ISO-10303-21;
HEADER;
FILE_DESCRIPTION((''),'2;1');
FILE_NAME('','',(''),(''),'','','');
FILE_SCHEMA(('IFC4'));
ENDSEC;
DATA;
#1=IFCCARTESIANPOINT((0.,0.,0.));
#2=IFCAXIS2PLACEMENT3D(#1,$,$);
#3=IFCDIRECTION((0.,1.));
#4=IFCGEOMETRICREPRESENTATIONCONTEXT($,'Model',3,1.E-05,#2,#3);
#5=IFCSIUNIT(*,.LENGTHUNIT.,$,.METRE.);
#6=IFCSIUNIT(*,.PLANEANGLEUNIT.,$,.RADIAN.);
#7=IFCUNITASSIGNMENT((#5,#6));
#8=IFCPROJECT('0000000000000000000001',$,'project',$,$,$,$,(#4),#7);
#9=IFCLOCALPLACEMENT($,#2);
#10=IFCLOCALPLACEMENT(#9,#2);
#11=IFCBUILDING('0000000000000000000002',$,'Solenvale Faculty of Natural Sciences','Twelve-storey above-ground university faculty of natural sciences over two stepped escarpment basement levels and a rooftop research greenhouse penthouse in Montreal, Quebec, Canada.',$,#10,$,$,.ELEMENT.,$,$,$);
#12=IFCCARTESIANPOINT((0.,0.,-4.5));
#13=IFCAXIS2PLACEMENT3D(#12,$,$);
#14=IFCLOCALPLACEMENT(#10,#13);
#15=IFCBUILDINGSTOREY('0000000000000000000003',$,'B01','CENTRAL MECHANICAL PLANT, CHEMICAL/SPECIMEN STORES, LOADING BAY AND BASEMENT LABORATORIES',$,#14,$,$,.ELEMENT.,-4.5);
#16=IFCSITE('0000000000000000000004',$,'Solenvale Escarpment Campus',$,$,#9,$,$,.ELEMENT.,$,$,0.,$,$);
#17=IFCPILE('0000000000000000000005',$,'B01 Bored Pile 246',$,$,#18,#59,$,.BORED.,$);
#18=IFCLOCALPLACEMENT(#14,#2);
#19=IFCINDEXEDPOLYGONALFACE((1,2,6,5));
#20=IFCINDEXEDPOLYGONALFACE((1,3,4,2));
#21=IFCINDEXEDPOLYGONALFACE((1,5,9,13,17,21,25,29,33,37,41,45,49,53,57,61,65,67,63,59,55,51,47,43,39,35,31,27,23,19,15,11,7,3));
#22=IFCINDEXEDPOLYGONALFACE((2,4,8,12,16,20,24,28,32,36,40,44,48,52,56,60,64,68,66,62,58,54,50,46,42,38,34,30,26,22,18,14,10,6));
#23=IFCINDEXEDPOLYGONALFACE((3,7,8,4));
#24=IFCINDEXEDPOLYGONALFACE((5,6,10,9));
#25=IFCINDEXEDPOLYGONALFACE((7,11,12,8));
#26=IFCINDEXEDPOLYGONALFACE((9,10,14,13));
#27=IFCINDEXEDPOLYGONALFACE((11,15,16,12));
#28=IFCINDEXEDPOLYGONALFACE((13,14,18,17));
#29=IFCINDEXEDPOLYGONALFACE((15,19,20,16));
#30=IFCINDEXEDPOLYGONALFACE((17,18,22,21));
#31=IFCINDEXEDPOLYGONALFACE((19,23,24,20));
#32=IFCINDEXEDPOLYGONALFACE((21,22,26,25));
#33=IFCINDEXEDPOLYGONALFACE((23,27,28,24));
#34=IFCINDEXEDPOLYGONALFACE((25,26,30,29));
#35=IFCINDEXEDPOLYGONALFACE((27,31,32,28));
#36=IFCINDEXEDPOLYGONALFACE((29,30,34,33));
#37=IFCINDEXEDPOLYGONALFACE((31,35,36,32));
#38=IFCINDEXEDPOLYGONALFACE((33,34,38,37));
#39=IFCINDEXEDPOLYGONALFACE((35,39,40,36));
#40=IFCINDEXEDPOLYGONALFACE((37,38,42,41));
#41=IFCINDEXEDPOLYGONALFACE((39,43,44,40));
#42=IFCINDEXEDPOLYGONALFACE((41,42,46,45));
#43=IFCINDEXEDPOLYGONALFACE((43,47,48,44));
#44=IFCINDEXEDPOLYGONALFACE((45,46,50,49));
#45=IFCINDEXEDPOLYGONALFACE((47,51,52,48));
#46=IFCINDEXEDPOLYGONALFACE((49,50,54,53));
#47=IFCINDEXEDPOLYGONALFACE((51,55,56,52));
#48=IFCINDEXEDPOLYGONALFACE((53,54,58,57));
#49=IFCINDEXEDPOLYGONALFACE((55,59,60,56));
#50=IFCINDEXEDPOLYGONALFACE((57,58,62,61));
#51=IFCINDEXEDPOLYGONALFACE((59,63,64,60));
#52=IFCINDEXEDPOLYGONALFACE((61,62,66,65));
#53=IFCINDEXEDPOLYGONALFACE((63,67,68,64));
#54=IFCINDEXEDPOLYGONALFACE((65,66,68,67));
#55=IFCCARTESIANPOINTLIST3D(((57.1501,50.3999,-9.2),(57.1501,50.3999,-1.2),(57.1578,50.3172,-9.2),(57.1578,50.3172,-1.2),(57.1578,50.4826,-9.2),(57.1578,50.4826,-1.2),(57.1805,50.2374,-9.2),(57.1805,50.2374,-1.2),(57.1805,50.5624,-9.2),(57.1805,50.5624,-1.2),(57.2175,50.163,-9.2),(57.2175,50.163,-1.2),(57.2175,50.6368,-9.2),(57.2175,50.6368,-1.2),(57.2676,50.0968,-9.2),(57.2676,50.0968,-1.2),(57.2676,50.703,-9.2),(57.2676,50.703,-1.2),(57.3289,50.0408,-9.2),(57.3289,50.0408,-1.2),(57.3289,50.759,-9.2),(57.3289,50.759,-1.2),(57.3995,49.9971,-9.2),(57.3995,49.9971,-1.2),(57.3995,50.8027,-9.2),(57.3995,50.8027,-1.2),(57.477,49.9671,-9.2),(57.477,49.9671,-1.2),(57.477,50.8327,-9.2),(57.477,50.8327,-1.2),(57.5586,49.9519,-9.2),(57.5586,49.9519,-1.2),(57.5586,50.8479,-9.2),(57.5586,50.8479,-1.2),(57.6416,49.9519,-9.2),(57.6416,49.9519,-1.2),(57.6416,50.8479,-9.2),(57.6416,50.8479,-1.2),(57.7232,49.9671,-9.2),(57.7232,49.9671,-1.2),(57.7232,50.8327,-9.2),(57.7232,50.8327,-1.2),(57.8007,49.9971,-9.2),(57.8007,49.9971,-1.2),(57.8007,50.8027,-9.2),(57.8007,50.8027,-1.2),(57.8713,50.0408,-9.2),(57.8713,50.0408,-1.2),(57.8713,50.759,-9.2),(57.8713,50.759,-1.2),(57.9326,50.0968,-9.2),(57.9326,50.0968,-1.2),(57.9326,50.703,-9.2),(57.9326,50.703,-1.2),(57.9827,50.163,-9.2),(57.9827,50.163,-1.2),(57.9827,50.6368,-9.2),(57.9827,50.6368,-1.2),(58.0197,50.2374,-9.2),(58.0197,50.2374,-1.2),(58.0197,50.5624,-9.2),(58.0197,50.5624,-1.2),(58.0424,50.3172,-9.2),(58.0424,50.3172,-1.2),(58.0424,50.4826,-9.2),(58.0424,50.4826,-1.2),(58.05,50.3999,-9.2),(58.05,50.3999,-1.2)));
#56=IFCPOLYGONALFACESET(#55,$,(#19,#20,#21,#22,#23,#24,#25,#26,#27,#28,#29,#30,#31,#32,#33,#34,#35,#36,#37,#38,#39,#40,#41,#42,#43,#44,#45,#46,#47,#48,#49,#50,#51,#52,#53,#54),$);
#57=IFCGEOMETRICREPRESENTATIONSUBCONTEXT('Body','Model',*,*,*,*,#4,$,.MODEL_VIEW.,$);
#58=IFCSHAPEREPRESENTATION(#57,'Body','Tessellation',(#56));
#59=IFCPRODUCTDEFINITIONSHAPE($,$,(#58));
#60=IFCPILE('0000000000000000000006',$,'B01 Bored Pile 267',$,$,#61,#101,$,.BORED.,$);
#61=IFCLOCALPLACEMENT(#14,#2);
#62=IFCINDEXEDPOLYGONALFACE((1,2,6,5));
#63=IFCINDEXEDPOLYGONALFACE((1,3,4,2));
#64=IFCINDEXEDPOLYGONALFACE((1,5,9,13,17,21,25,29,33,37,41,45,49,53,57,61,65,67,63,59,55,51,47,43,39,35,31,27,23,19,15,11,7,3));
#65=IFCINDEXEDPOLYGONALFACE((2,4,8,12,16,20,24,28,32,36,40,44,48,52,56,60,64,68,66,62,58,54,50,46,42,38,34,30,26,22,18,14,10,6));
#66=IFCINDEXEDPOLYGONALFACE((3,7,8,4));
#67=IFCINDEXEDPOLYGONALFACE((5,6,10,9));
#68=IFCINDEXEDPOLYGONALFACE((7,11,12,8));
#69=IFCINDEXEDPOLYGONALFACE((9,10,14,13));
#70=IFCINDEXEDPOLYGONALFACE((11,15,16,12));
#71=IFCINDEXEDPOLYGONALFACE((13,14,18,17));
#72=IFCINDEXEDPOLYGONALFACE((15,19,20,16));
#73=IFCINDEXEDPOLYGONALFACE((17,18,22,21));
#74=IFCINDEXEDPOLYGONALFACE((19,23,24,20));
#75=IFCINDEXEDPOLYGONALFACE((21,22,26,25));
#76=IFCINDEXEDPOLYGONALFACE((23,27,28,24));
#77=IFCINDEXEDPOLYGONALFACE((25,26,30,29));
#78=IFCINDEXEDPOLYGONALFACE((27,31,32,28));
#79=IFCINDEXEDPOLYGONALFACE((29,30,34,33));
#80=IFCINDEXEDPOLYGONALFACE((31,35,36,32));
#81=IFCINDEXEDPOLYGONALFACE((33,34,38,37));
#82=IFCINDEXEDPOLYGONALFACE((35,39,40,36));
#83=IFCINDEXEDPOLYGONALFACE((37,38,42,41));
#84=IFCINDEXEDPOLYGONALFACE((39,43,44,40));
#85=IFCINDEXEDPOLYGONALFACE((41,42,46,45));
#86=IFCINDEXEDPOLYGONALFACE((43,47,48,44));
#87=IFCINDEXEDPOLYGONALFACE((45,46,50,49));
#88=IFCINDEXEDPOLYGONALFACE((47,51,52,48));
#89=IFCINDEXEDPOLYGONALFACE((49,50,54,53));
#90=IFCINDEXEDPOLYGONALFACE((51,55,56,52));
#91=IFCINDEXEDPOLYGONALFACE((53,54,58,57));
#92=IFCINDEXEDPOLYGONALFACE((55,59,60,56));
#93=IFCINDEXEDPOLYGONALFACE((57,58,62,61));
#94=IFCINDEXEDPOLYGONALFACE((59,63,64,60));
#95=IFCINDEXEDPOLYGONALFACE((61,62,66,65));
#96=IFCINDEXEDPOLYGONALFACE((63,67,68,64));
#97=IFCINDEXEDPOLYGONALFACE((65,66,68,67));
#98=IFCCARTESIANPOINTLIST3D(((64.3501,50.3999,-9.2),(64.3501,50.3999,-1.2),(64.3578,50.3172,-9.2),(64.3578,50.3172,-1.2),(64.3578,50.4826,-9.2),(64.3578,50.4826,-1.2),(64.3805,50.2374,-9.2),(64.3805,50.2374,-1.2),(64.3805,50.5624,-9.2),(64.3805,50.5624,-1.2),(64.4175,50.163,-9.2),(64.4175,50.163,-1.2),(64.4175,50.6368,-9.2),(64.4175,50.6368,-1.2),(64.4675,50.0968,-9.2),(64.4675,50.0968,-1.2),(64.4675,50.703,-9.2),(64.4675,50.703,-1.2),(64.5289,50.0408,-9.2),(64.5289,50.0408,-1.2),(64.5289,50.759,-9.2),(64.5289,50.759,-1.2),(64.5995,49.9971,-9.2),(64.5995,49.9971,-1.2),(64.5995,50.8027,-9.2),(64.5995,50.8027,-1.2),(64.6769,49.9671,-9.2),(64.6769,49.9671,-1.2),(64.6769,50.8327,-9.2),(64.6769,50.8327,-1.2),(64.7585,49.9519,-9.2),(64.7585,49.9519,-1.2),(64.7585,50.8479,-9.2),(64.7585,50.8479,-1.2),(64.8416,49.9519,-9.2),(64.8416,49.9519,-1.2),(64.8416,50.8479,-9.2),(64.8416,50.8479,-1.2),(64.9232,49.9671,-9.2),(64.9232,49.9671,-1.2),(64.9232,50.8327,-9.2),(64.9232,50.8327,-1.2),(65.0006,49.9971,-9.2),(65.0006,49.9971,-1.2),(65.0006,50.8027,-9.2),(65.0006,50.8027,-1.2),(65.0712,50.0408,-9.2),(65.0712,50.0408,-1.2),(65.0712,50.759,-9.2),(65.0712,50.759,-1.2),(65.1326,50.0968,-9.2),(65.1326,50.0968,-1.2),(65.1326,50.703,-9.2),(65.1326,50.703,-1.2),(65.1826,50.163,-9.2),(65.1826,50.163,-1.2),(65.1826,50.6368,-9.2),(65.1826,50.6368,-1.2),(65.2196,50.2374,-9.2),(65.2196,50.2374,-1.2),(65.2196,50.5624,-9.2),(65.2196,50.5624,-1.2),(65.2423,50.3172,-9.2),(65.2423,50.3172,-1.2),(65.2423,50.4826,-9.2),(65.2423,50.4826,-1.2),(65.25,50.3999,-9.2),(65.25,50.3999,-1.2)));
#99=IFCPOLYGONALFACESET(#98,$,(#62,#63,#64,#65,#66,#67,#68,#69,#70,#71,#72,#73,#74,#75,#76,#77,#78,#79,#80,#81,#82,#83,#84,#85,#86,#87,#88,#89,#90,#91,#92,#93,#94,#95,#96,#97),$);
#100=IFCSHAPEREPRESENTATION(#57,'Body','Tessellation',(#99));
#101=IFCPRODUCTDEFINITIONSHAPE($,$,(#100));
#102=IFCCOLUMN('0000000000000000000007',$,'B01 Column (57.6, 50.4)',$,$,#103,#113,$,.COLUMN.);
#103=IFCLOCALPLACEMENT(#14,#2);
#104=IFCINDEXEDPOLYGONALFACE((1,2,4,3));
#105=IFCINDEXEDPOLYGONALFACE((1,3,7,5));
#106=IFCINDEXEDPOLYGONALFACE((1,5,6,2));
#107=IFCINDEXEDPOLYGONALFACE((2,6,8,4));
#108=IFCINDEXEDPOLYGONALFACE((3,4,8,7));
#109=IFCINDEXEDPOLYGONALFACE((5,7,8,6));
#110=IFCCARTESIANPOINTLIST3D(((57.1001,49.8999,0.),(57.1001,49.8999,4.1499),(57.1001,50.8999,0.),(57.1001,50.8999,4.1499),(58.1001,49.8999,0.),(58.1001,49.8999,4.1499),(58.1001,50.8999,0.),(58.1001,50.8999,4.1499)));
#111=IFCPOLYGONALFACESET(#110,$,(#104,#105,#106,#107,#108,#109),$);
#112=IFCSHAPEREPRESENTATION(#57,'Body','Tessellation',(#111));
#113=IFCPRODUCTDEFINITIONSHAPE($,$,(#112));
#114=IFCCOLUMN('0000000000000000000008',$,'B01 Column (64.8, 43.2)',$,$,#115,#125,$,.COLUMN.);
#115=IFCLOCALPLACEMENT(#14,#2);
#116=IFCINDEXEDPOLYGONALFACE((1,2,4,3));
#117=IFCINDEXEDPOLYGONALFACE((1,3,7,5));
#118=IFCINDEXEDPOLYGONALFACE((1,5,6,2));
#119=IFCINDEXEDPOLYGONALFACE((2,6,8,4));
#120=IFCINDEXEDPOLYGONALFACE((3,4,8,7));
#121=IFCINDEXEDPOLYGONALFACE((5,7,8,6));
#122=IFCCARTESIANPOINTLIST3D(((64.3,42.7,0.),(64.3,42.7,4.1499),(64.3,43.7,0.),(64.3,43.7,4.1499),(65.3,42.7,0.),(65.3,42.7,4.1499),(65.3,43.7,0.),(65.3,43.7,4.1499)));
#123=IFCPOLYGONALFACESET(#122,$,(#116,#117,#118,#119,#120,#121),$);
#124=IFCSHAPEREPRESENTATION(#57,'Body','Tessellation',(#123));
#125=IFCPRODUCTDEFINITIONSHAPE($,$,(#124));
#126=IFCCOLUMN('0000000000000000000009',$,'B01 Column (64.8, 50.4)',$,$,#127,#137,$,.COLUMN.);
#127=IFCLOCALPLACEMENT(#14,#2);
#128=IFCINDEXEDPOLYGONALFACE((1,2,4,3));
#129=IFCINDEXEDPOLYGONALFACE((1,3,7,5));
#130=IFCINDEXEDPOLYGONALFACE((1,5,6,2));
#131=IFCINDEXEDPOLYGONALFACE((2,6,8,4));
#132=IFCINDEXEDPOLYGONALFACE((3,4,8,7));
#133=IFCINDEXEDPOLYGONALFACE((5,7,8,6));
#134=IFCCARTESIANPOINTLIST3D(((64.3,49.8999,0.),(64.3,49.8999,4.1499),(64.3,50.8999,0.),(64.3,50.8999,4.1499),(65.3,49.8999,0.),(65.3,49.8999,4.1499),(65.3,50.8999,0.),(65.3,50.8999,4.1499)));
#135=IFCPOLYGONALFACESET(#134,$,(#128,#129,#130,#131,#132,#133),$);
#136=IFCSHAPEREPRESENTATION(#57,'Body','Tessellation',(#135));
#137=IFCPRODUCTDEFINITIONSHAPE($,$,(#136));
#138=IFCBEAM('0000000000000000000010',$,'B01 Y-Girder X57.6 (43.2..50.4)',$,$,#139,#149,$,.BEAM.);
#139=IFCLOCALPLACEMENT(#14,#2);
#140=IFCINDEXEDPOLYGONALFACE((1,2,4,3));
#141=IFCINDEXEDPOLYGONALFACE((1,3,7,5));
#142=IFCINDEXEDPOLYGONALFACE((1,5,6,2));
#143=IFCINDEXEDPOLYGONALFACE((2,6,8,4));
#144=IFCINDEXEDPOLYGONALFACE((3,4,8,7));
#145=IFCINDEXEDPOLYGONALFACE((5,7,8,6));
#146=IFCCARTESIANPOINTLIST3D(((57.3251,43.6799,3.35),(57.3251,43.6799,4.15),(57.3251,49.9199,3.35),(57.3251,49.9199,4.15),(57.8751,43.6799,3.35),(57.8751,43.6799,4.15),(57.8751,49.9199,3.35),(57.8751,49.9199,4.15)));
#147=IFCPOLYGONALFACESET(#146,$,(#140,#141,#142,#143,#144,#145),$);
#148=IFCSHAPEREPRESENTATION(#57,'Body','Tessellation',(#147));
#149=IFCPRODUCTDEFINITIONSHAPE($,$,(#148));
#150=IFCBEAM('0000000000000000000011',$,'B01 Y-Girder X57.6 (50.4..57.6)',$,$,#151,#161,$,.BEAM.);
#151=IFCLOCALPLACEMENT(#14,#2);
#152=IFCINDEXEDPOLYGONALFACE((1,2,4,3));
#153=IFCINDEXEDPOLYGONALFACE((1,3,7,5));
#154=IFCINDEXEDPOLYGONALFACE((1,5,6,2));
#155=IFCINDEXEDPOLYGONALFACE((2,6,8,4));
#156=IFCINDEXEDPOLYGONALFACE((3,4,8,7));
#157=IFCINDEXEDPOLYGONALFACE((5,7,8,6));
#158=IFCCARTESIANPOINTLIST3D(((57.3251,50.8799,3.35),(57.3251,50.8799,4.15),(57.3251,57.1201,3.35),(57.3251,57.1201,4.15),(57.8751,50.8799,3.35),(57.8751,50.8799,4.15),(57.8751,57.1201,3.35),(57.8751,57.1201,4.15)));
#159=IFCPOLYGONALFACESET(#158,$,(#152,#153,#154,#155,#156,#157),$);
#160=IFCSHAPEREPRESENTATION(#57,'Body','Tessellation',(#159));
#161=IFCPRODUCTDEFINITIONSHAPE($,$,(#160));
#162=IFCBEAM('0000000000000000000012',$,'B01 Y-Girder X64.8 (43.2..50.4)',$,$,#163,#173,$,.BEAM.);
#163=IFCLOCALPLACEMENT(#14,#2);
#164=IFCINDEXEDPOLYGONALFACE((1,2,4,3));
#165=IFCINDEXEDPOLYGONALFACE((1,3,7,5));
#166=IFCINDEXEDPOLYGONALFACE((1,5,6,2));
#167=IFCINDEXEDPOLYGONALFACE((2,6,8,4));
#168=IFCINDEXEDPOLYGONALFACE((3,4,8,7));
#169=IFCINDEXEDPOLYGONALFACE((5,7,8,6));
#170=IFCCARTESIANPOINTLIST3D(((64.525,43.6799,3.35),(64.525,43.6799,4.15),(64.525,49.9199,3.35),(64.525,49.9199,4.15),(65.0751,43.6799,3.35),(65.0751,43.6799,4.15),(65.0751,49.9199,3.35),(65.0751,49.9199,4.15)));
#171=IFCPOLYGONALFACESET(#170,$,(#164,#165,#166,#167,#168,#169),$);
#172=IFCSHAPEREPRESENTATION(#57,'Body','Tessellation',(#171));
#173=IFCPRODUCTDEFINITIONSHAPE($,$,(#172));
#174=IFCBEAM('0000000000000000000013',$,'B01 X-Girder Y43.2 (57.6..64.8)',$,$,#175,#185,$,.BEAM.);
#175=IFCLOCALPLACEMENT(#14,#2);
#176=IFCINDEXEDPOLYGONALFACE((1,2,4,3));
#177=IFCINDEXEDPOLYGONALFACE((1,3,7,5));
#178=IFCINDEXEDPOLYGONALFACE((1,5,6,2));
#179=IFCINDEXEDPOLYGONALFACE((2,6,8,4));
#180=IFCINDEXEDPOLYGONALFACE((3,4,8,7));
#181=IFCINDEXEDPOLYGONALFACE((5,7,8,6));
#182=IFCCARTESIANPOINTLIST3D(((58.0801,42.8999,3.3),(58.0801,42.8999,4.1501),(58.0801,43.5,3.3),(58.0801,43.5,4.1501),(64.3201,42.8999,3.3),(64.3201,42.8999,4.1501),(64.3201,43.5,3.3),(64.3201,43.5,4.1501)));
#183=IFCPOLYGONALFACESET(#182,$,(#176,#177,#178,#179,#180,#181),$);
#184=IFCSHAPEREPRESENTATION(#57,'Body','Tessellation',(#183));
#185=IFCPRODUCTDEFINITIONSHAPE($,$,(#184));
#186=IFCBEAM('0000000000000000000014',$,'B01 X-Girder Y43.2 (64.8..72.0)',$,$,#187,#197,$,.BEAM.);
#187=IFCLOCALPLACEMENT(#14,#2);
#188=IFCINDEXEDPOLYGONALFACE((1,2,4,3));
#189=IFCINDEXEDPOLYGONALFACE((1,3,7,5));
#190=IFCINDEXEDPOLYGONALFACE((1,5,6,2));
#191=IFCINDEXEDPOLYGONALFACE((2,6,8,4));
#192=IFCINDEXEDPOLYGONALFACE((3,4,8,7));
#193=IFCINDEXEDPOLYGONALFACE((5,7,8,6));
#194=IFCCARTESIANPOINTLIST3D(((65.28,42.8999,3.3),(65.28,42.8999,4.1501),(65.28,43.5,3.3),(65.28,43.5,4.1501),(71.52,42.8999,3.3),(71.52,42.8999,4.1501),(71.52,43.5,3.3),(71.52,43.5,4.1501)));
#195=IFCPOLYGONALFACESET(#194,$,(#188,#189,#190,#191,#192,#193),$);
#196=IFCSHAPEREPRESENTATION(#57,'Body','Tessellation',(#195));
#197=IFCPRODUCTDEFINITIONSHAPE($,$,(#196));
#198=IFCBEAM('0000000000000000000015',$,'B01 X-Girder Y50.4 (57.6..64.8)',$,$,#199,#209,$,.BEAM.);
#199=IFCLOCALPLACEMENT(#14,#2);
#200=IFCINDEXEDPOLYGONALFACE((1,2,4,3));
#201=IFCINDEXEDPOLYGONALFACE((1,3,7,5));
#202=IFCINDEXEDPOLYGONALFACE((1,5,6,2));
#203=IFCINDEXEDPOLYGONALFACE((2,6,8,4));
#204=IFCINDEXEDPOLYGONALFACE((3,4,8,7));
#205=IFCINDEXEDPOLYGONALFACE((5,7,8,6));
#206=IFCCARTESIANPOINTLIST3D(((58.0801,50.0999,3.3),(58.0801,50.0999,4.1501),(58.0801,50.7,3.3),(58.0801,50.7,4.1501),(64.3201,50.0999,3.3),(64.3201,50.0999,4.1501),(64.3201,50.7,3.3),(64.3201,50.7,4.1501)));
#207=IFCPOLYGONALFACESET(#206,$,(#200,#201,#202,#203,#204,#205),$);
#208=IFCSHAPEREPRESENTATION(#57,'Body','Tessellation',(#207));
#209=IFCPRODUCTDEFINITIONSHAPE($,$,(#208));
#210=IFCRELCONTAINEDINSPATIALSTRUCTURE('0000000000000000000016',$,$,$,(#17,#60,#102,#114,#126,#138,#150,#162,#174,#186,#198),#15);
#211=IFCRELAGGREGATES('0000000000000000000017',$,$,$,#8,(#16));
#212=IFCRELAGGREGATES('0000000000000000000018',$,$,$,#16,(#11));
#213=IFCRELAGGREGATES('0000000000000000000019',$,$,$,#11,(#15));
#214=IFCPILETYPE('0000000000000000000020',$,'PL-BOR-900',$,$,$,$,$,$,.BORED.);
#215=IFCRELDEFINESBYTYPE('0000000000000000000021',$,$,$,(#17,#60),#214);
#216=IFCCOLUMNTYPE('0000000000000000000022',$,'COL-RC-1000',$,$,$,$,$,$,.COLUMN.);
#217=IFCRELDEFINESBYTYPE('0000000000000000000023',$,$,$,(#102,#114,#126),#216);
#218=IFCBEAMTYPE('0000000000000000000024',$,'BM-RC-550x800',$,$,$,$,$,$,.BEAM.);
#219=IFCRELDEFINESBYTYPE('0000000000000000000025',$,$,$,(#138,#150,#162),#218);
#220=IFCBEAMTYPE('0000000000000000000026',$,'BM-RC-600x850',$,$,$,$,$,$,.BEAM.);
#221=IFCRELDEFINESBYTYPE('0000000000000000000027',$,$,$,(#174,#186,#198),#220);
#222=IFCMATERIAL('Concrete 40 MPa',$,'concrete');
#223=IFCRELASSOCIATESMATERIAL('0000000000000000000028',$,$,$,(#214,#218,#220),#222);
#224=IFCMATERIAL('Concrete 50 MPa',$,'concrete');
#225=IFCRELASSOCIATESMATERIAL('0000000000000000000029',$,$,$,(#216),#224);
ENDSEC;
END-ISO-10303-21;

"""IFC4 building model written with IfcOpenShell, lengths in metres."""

from ifc_helpers import new_model, si_unit, direction, frame, origin, origin_2d, place, context, subcontext, project, spatial, rectangle, circle, extrude, material, material_profile, profile_set, type_object, element, save


model = new_model("IFC4")

# Units and contexts
model_context = context("Model", 3, precision=1e-05, world=origin(), true_north=direction((0.0, 1.0)))
body_context = subcontext(model_context, "Body", "Model", "MODEL_VIEW")
ifc_project = project(units=[si_unit("LENGTHUNIT", "METRE"), si_unit("PLANEANGLEUNIT", "RADIAN")], contexts=[model_context])

# Site, building, storey
site_placement = place(None, origin())
site = spatial("IfcSite", under=ifc_project, at=site_placement, Name="Solenvale Escarpment Campus", CompositionType="ELEMENT", RefElevation=0.0)
building_placement = place(site_placement, origin())
building = spatial("IfcBuilding", under=site, at=building_placement, Name="Solenvale Faculty of Natural Sciences", Description="Twelve-storey above-ground university faculty of natural sciences over two stepped escarpment basement levels and a rooftop research greenhouse penthouse in Montreal, Quebec, Canada.", CompositionType="ELEMENT")
storey_placement = place(building_placement, frame((0.0, 0.0, -4.5)))
storey = spatial("IfcBuildingStorey", under=building, at=storey_placement, Name="B01", Description="CENTRAL MECHANICAL PLANT, CHEMICAL/SPECIMEN STORES, LOADING BAY AND BASEMENT LABORATORIES", CompositionType="ELEMENT", Elevation=-4.5)

# Shared definitions
ifc_material_1 = material(Name="Concrete 40 MPa", Category="concrete")

# Piles
ifc_material_profile_1 = material_profile(ifc_material_1, circle(Radius=0.45, at=origin_2d()), Name="PILE-D900")
ifc_profile_set_1 = profile_set([ifc_material_profile_1], Name="Concrete 40 MPa")
pile_type_1 = type_object("IfcPileType", Name="PL-BOR-900", PredefinedType="BORED", material=ifc_profile_set_1)
for number, where, z_axis, x_axis, name in (
    (1, (57.6001, 50.3999, -1.2), (0.0, 0.0, -1.0), (1.0, 0.0, 0.0), "B01 Bored Pile 246"),
    (2, (64.8, 50.3999, -1.2), (0.0, 0.0, -1.0), (1.0, 0.0, 0.0), "B01 Bored Pile 267"),
):
    element("IfcPile", number, at=place(storey_placement, frame(where, z_axis=z_axis, x_axis=x_axis)), inside=storey, type_object=pile_type_1, Name=name, PredefinedType="BORED", context=body_context, shape_type="SweptSolid", body=[
        extrude(circle(Radius=0.45, at=origin_2d()), origin(), (0.0, 0.0, 1.0), 8.0),
    ])

# Columns
ifc_material_2 = material(Name="Concrete 50 MPa", Category="concrete")
ifc_material_profile_2 = material_profile(ifc_material_2, rectangle(XDim=1.0, YDim=1.0, at=origin_2d()), Name="RC-COL-1000x1000")
ifc_profile_set_2 = profile_set([ifc_material_profile_2], Name="Concrete 50 MPa")
column_type = type_object("IfcColumnType", Name="COL-RC-1000", PredefinedType="COLUMN", material=ifc_profile_set_2)
for number, where, z_axis, x_axis, name in (
    (3, (57.6001, 50.3999, 0.0), (0.0, 0.0, 1.0), (1.0, 0.0, 0.0), "B01 Column (57.6, 50.4)"),
    (4, (64.8, 43.2, 0.0), (0.0, 0.0, 1.0), (1.0, 0.0, 0.0), "B01 Column (64.8, 43.2)"),
    (5, (64.8, 50.3999, 0.0), (0.0, 0.0, 1.0), (1.0, 0.0, 0.0), "B01 Column (64.8, 50.4)"),
):
    element("IfcColumn", number, at=place(storey_placement, frame(where, z_axis=z_axis, x_axis=x_axis)), inside=storey, type_object=column_type, Name=name, PredefinedType="COLUMN", context=body_context, shape_type="SweptSolid", body=[
        extrude(rectangle(XDim=1.0, YDim=1.0, at=origin_2d()), origin(), (0.0, 0.0, 1.0), 4.1499),
    ])

# Beams
ifc_material_profile_3 = material_profile(ifc_material_1, rectangle(XDim=0.55, YDim=0.8, at=origin_2d()), Name="RC-BM-550x800")
ifc_profile_set_3 = profile_set([ifc_material_profile_3], Name="Concrete 40 MPa")
beam_type_1 = type_object("IfcBeamType", Name="BM-RC-550x800", PredefinedType="BEAM", material=ifc_profile_set_3)
beam_1_placement = place(storey_placement, frame((57.6001, 43.6799, 3.75), z_axis=(0.0, 1.0, 0.0), x_axis=(-1.0, 0.0, 0.0)))
element("IfcBeam", 6, at=beam_1_placement, inside=storey, type_object=beam_type_1, Name="B01 Y-Girder X57.6 (43.2..50.4)", PredefinedType="BEAM", context=body_context, shape_type="SweptSolid", body=[
    extrude(rectangle(XDim=0.55, YDim=0.8, at=origin_2d()), origin(), (0.0, 0.0, 1.0), 6.24),
])
beam_2_placement = place(storey_placement, frame((57.6001, 50.8799, 3.75), z_axis=(0.0, 1.0, 0.0), x_axis=(-1.0, 0.0, 0.0)))
element("IfcBeam", 7, at=beam_2_placement, inside=storey, type_object=beam_type_1, Name="B01 Y-Girder X57.6 (50.4..57.6)", PredefinedType="BEAM", context=body_context, shape_type="SweptSolid", body=[
    extrude(rectangle(XDim=0.55, YDim=0.8, at=origin_2d()), origin(), (0.0, 0.0, 1.0), 6.2402),
])
beam_3_placement = place(storey_placement, frame((64.8, 43.6799, 3.75), z_axis=(0.0, 1.0, 0.0), x_axis=(-1.0, 0.0, 0.0)))
element("IfcBeam", 8, at=beam_3_placement, inside=storey, type_object=beam_type_1, Name="B01 Y-Girder X64.8 (43.2..50.4)", PredefinedType="BEAM", context=body_context, shape_type="SweptSolid", body=[
    extrude(rectangle(XDim=0.55, YDim=0.8, at=origin_2d()), origin(), (0.0, 0.0, 1.0), 6.24),
])
ifc_material_profile_4 = material_profile(ifc_material_1, rectangle(XDim=0.6001, YDim=0.8501, at=origin_2d()), Name="RC-BM-600x850")
ifc_profile_set_4 = profile_set([ifc_material_profile_4], Name="Concrete 40 MPa")
beam_type_2 = type_object("IfcBeamType", Name="BM-RC-600x850", PredefinedType="BEAM", material=ifc_profile_set_4)
for number, where, z_axis, x_axis, name in (
    (9, (58.0801, 43.2, 3.7251), (1.0, 0.0, 0.0), (0.0, 1.0, 0.0), "B01 X-Girder Y43.2 (57.6..64.8)"),
    (10, (65.28, 43.2, 3.7251), (1.0, 0.0, 0.0), (0.0, 1.0, 0.0), "B01 X-Girder Y43.2 (64.8..72.0)"),
    (11, (58.0801, 50.3999, 3.7251), (1.0, 0.0, 0.0), (0.0, 1.0, 0.0), "B01 X-Girder Y50.4 (57.6..64.8)"),
):
    element("IfcBeam", number, at=place(storey_placement, frame(where, z_axis=z_axis, x_axis=x_axis)), inside=storey, type_object=beam_type_2, Name=name, PredefinedType="BEAM", context=body_context, shape_type="SweptSolid", body=[
        extrude(rectangle(XDim=0.6001, YDim=0.8501, at=origin_2d()), origin(), (0.0, 0.0, 1.0), 6.24),
    ])

save(model, "model.ifc")
